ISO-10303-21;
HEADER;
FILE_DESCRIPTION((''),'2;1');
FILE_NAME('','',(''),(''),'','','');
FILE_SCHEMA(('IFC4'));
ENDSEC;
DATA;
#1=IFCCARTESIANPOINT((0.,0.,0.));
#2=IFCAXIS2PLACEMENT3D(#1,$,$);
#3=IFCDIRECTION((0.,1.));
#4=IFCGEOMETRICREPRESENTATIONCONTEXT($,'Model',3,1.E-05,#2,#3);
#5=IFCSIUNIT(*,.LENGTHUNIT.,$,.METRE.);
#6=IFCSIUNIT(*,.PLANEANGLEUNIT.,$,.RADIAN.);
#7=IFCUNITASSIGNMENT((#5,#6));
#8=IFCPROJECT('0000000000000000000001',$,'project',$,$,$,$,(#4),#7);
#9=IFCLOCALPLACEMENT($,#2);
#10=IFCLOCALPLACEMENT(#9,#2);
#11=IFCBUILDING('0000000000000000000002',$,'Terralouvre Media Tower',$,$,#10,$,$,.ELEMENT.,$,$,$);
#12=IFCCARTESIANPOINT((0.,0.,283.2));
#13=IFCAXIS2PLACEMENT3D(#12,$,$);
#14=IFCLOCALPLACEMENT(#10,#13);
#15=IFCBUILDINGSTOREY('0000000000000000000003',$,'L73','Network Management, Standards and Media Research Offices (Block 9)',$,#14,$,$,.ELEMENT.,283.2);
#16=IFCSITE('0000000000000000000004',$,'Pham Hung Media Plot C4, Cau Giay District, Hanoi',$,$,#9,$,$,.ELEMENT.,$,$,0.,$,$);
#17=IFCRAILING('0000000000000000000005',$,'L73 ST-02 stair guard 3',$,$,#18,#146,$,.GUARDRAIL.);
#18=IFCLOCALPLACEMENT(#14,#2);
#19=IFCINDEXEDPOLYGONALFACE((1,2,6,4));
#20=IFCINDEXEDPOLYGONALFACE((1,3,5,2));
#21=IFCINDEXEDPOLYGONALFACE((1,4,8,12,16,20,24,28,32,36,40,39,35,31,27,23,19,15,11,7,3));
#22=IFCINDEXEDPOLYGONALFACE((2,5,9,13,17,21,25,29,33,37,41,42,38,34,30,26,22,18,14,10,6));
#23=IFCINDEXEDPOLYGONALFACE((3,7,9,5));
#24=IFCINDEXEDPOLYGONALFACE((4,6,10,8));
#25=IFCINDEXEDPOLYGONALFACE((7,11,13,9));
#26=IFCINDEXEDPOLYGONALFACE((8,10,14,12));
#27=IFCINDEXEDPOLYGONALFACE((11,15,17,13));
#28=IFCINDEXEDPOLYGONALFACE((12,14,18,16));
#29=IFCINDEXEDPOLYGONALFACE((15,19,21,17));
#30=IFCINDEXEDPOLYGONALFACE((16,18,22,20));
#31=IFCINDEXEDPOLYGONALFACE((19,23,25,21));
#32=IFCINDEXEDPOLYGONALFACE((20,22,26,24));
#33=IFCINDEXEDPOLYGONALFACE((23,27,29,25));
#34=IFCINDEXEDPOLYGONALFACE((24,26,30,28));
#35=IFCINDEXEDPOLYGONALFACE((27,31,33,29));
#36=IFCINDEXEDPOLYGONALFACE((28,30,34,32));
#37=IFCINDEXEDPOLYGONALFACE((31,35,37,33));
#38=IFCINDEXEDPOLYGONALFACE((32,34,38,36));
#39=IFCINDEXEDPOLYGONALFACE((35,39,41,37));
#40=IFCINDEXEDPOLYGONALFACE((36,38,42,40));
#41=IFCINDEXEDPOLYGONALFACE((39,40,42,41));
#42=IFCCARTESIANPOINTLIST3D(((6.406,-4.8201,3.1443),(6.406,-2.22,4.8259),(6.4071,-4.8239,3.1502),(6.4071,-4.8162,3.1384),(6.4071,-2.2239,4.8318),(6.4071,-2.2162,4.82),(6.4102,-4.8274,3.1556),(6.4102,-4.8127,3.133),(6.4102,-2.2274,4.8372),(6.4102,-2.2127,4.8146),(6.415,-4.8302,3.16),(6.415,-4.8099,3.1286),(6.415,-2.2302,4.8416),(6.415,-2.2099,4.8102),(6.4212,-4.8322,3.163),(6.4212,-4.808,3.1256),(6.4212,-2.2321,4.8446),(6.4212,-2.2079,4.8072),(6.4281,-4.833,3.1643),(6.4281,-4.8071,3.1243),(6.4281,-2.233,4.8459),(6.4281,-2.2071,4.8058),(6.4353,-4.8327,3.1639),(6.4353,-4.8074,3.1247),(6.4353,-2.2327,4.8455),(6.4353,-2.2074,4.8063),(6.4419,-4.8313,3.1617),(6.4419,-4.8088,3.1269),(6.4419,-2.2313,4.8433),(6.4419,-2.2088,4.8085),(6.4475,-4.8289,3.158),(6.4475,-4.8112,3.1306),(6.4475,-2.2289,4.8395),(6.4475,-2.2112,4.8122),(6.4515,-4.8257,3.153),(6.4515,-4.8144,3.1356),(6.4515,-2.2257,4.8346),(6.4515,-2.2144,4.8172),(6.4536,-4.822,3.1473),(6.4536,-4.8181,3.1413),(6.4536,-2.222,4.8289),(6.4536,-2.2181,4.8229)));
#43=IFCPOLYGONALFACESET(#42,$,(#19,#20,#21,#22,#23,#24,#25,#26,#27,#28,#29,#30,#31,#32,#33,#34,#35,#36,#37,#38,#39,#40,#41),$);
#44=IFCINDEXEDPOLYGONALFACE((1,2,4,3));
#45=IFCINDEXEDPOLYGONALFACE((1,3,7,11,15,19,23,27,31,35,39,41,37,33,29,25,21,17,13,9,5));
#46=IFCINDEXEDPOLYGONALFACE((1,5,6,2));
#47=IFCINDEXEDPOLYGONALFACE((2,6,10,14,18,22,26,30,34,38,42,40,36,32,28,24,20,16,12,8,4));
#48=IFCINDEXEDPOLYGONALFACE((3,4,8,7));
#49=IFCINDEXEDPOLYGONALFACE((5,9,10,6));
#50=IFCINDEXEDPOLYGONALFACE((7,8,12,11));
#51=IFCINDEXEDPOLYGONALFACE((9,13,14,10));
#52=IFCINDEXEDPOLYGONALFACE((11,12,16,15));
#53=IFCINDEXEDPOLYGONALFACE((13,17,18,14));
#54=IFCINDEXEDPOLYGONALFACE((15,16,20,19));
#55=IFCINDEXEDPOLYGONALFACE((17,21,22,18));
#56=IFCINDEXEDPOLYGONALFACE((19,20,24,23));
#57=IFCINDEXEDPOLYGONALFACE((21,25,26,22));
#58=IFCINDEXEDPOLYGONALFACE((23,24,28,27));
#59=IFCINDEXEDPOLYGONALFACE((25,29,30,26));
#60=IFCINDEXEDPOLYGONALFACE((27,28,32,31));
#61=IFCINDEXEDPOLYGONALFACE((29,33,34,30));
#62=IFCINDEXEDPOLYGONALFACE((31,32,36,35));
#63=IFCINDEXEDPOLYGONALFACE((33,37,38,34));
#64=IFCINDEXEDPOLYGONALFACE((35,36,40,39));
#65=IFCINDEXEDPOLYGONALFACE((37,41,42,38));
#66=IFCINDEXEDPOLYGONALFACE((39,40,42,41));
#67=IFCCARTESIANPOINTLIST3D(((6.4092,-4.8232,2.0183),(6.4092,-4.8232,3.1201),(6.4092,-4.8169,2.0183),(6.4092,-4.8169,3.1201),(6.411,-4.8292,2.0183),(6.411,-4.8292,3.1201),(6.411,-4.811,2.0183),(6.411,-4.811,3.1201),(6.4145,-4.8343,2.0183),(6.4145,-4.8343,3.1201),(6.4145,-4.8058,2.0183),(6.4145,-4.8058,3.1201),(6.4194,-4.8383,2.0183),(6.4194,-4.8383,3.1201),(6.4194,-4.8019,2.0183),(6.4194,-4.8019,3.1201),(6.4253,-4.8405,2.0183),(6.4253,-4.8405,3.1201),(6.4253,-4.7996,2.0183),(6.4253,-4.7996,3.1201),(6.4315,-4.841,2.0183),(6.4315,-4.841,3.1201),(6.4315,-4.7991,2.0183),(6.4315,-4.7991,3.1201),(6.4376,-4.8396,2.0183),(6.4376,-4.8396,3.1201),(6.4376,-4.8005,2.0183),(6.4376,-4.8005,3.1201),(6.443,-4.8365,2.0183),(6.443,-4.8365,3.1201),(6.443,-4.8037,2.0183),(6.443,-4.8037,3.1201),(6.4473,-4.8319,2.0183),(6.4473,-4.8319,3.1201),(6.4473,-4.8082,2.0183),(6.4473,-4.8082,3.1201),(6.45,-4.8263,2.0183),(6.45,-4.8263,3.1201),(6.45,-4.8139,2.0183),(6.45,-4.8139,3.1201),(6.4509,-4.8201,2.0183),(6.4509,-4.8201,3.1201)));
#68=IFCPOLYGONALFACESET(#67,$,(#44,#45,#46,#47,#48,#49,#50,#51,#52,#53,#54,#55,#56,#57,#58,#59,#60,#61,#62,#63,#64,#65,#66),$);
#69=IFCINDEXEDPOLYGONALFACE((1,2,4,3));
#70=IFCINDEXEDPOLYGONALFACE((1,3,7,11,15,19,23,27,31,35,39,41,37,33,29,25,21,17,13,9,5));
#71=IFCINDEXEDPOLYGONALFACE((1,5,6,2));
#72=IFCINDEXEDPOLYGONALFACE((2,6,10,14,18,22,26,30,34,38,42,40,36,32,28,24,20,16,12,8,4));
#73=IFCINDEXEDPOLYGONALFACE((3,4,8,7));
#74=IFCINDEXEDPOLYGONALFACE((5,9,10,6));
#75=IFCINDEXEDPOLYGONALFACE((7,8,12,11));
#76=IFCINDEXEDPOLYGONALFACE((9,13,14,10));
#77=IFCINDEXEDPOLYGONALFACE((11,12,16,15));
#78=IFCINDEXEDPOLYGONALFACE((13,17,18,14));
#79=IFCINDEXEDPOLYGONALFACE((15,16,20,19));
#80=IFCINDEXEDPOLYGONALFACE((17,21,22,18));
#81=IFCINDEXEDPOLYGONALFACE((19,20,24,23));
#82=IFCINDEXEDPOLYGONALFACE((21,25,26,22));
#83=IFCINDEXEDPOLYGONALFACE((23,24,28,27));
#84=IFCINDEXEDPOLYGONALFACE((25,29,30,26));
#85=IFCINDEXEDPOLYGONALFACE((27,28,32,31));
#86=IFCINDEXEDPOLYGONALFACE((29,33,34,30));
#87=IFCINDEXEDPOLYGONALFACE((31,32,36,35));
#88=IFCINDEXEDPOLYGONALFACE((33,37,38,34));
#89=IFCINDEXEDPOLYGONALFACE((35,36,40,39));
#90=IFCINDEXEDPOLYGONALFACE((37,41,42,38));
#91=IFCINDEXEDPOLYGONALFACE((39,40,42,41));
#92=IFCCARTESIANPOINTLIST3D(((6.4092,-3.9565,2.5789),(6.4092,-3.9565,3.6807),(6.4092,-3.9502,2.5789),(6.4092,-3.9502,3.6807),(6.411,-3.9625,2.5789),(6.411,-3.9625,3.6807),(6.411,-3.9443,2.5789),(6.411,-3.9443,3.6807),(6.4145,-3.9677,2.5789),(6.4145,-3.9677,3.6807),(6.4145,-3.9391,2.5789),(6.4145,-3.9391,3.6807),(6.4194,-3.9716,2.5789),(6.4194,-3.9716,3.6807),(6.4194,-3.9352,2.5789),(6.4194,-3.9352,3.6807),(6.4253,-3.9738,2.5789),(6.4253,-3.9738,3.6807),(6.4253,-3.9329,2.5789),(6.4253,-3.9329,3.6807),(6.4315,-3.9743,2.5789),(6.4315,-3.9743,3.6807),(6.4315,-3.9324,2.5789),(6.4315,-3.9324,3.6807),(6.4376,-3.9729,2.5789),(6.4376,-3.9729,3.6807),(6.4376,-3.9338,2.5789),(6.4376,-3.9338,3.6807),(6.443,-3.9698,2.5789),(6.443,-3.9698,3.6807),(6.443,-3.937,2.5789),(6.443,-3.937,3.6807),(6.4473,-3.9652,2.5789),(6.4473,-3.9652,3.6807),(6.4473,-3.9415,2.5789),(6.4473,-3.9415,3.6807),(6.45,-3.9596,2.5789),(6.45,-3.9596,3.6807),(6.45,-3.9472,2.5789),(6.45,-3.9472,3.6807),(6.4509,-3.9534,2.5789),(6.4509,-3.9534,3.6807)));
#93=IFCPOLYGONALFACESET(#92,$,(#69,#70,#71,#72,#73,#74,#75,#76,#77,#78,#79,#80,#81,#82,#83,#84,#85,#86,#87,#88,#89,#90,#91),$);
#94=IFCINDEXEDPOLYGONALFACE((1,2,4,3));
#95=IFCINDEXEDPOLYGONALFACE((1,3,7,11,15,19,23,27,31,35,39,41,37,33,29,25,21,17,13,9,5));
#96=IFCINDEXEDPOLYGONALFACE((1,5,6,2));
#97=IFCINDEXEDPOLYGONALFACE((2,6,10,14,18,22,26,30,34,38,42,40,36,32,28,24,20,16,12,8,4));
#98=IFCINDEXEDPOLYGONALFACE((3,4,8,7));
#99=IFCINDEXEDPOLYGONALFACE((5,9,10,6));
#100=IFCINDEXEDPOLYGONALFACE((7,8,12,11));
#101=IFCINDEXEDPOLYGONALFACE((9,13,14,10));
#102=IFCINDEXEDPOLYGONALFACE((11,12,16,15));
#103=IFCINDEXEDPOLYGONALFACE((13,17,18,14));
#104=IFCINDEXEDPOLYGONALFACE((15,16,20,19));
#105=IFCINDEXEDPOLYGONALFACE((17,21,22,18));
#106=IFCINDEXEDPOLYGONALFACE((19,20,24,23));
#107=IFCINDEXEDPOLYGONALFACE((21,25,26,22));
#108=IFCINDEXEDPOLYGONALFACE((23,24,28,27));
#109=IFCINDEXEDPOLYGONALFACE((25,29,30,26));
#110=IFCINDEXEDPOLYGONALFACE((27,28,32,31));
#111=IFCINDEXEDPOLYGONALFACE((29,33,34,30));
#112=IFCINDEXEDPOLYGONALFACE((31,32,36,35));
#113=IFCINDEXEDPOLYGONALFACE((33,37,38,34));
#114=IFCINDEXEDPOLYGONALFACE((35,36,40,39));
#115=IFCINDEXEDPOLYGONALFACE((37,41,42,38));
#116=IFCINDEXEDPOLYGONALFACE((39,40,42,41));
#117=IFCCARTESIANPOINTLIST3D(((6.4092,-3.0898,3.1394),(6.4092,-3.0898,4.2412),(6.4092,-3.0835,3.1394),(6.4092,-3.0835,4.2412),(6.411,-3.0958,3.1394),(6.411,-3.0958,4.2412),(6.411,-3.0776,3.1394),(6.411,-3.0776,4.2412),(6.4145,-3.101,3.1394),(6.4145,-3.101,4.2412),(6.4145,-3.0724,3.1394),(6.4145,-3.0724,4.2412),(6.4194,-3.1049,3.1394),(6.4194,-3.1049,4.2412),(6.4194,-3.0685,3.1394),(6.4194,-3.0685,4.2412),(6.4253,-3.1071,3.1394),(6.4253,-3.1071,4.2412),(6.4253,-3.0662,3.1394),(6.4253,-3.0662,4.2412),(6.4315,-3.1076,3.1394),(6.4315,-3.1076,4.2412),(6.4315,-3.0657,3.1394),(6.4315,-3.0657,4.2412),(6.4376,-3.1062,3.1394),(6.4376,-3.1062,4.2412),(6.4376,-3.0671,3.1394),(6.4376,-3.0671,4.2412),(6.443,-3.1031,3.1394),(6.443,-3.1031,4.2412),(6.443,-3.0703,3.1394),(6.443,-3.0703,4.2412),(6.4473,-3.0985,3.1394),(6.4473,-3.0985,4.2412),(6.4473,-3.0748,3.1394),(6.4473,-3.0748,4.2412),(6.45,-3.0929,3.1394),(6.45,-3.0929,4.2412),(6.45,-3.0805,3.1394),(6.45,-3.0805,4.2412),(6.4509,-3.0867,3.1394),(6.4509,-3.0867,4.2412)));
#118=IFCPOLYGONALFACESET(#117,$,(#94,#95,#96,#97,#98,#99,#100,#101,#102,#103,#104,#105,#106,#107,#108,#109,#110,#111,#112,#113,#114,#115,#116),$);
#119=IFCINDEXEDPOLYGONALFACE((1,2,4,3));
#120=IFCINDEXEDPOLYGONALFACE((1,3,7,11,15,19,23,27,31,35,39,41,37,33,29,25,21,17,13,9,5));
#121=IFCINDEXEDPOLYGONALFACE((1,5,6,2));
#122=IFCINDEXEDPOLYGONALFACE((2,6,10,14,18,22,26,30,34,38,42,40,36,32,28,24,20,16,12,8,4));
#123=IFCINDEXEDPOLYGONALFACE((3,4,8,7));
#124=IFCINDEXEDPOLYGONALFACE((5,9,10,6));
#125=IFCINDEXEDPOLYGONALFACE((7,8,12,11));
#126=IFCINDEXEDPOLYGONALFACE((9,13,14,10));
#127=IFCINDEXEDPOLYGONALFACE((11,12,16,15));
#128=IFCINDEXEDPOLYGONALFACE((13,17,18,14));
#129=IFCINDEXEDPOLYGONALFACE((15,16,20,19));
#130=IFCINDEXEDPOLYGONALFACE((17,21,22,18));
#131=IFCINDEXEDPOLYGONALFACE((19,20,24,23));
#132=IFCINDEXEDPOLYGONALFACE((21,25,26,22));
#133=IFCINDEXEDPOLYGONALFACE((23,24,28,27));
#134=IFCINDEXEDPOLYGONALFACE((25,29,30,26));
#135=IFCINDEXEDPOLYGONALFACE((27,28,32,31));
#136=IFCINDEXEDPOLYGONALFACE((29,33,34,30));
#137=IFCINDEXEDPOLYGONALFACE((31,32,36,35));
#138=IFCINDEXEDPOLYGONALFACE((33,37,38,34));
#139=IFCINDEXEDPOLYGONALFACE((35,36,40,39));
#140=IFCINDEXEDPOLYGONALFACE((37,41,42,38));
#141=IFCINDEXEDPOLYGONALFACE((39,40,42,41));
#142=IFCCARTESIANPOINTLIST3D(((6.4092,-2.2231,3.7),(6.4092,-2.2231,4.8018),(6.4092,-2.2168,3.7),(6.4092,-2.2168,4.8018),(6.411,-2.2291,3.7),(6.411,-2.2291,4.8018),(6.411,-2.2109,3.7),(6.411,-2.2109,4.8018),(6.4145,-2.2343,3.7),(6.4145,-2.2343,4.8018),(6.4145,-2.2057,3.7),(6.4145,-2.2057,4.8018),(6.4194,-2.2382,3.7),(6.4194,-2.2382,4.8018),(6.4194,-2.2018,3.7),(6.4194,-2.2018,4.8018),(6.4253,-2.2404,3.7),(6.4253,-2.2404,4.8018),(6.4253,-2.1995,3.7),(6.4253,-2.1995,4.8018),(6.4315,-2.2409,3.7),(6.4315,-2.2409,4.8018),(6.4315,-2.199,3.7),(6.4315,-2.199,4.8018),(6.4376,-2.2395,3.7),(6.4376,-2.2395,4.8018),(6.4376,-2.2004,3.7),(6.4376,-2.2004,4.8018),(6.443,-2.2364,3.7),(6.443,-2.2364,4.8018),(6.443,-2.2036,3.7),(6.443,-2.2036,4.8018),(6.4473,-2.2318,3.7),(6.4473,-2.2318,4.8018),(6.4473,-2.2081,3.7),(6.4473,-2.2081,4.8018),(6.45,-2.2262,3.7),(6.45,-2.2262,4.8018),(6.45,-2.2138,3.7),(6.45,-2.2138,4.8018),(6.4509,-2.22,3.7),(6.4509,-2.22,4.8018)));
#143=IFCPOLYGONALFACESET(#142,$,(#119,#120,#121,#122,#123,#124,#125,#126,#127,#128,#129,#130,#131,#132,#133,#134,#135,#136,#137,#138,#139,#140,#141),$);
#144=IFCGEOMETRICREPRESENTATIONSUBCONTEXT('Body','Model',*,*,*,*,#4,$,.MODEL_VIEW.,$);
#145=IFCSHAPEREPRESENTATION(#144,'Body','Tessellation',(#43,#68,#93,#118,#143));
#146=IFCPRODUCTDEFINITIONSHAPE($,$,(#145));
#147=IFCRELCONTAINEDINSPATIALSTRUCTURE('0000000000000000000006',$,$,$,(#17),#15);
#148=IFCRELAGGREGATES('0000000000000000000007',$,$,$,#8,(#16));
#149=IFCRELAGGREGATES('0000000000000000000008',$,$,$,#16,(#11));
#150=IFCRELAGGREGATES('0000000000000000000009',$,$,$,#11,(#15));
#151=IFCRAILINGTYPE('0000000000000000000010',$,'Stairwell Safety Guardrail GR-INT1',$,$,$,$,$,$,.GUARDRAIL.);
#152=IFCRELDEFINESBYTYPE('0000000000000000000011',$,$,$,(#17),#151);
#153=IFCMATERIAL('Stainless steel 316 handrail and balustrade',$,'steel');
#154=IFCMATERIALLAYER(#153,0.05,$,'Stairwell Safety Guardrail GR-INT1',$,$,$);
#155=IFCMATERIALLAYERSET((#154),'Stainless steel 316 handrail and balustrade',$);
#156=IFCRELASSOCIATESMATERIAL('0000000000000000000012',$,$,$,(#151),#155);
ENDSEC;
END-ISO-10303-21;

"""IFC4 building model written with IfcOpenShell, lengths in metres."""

from ifc_helpers import new_model, si_unit, direction, frame, origin, origin_2d, place, context, subcontext, project, spatial, circle, extrude, material, layer, layer_set, type_object, element, save


model = new_model("IFC4")

# Units and contexts
model_context = context("Model", 3, precision=1e-05, world=origin(), true_north=direction((0.0, 1.0)))
body_context = subcontext(model_context, "Body", "Model", "MODEL_VIEW")
ifc_project = project(units=[si_unit("LENGTHUNIT", "METRE"), si_unit("PLANEANGLEUNIT", "RADIAN")], contexts=[model_context])

# Site, building, storey
site_placement = place(None, origin())
site = spatial("IfcSite", under=ifc_project, at=site_placement, Name="Pham Hung Media Plot C4, Cau Giay District, Hanoi", CompositionType="ELEMENT", RefElevation=0.0)
building_placement = place(site_placement, origin())
building = spatial("IfcBuilding", under=site, at=building_placement, Name="Terralouvre Media Tower", CompositionType="ELEMENT")
storey_placement = place(building_placement, frame((0.0, 0.0, 283.2)))
storey = spatial("IfcBuildingStorey", under=building, at=storey_placement, Name="L73", Description="Network Management, Standards and Media Research Offices (Block 9)", CompositionType="ELEMENT", Elevation=283.2)

# Railing
ifc_material_1 = material(Name="Stainless steel 316 handrail and balustrade", Category="steel")
ifc_layer_1 = layer(ifc_material_1, 0.05, Name="Stairwell Safety Guardrail GR-INT1")
ifc_layer_set_1 = layer_set([ifc_layer_1], Name="Stainless steel 316 handrail and balustrade")
railing_type_1 = type_object("IfcRailingType", Name="Stairwell Safety Guardrail GR-INT1", PredefinedType="GUARDRAIL", material=ifc_layer_set_1)
railing_1_placement = place(storey_placement, frame((6.4299, -4.8201, 2.0183)))
element("IfcRailing", 1, at=railing_1_placement, inside=storey, type_object=railing_type_1, Name="L73 ST-02 stair guard 3", PredefinedType="GUARDRAIL", context=body_context, shape_type="SweptSolid", body=[
    extrude(circle(Radius=0.0239, at=origin_2d()), frame((0.0, 0.0, 1.126), z_axis=(0.0, 0.839684, 0.543075), x_axis=(-1.0, 0.0, 0.0)), (0.0, 0.0, 1.0), 3.0964),
    extrude(circle(Radius=0.021, at=origin_2d()), origin(), (0.0, 0.0, 1.0), 1.1018),
    extrude(circle(Radius=0.021, at=origin_2d()), frame((0.0, 0.8667, 0.5605)), (0.0, 0.0, 1.0), 1.1018),
    extrude(circle(Radius=0.021, at=origin_2d()), frame((0.0, 1.7334, 1.1211)), (0.0, 0.0, 1.0), 1.1018),
    extrude(circle(Radius=0.021, at=origin_2d()), frame((0.0, 2.6001, 1.6816)), (0.0, 0.0, 1.0), 1.1018),
])

save(model, "model.ifc")
